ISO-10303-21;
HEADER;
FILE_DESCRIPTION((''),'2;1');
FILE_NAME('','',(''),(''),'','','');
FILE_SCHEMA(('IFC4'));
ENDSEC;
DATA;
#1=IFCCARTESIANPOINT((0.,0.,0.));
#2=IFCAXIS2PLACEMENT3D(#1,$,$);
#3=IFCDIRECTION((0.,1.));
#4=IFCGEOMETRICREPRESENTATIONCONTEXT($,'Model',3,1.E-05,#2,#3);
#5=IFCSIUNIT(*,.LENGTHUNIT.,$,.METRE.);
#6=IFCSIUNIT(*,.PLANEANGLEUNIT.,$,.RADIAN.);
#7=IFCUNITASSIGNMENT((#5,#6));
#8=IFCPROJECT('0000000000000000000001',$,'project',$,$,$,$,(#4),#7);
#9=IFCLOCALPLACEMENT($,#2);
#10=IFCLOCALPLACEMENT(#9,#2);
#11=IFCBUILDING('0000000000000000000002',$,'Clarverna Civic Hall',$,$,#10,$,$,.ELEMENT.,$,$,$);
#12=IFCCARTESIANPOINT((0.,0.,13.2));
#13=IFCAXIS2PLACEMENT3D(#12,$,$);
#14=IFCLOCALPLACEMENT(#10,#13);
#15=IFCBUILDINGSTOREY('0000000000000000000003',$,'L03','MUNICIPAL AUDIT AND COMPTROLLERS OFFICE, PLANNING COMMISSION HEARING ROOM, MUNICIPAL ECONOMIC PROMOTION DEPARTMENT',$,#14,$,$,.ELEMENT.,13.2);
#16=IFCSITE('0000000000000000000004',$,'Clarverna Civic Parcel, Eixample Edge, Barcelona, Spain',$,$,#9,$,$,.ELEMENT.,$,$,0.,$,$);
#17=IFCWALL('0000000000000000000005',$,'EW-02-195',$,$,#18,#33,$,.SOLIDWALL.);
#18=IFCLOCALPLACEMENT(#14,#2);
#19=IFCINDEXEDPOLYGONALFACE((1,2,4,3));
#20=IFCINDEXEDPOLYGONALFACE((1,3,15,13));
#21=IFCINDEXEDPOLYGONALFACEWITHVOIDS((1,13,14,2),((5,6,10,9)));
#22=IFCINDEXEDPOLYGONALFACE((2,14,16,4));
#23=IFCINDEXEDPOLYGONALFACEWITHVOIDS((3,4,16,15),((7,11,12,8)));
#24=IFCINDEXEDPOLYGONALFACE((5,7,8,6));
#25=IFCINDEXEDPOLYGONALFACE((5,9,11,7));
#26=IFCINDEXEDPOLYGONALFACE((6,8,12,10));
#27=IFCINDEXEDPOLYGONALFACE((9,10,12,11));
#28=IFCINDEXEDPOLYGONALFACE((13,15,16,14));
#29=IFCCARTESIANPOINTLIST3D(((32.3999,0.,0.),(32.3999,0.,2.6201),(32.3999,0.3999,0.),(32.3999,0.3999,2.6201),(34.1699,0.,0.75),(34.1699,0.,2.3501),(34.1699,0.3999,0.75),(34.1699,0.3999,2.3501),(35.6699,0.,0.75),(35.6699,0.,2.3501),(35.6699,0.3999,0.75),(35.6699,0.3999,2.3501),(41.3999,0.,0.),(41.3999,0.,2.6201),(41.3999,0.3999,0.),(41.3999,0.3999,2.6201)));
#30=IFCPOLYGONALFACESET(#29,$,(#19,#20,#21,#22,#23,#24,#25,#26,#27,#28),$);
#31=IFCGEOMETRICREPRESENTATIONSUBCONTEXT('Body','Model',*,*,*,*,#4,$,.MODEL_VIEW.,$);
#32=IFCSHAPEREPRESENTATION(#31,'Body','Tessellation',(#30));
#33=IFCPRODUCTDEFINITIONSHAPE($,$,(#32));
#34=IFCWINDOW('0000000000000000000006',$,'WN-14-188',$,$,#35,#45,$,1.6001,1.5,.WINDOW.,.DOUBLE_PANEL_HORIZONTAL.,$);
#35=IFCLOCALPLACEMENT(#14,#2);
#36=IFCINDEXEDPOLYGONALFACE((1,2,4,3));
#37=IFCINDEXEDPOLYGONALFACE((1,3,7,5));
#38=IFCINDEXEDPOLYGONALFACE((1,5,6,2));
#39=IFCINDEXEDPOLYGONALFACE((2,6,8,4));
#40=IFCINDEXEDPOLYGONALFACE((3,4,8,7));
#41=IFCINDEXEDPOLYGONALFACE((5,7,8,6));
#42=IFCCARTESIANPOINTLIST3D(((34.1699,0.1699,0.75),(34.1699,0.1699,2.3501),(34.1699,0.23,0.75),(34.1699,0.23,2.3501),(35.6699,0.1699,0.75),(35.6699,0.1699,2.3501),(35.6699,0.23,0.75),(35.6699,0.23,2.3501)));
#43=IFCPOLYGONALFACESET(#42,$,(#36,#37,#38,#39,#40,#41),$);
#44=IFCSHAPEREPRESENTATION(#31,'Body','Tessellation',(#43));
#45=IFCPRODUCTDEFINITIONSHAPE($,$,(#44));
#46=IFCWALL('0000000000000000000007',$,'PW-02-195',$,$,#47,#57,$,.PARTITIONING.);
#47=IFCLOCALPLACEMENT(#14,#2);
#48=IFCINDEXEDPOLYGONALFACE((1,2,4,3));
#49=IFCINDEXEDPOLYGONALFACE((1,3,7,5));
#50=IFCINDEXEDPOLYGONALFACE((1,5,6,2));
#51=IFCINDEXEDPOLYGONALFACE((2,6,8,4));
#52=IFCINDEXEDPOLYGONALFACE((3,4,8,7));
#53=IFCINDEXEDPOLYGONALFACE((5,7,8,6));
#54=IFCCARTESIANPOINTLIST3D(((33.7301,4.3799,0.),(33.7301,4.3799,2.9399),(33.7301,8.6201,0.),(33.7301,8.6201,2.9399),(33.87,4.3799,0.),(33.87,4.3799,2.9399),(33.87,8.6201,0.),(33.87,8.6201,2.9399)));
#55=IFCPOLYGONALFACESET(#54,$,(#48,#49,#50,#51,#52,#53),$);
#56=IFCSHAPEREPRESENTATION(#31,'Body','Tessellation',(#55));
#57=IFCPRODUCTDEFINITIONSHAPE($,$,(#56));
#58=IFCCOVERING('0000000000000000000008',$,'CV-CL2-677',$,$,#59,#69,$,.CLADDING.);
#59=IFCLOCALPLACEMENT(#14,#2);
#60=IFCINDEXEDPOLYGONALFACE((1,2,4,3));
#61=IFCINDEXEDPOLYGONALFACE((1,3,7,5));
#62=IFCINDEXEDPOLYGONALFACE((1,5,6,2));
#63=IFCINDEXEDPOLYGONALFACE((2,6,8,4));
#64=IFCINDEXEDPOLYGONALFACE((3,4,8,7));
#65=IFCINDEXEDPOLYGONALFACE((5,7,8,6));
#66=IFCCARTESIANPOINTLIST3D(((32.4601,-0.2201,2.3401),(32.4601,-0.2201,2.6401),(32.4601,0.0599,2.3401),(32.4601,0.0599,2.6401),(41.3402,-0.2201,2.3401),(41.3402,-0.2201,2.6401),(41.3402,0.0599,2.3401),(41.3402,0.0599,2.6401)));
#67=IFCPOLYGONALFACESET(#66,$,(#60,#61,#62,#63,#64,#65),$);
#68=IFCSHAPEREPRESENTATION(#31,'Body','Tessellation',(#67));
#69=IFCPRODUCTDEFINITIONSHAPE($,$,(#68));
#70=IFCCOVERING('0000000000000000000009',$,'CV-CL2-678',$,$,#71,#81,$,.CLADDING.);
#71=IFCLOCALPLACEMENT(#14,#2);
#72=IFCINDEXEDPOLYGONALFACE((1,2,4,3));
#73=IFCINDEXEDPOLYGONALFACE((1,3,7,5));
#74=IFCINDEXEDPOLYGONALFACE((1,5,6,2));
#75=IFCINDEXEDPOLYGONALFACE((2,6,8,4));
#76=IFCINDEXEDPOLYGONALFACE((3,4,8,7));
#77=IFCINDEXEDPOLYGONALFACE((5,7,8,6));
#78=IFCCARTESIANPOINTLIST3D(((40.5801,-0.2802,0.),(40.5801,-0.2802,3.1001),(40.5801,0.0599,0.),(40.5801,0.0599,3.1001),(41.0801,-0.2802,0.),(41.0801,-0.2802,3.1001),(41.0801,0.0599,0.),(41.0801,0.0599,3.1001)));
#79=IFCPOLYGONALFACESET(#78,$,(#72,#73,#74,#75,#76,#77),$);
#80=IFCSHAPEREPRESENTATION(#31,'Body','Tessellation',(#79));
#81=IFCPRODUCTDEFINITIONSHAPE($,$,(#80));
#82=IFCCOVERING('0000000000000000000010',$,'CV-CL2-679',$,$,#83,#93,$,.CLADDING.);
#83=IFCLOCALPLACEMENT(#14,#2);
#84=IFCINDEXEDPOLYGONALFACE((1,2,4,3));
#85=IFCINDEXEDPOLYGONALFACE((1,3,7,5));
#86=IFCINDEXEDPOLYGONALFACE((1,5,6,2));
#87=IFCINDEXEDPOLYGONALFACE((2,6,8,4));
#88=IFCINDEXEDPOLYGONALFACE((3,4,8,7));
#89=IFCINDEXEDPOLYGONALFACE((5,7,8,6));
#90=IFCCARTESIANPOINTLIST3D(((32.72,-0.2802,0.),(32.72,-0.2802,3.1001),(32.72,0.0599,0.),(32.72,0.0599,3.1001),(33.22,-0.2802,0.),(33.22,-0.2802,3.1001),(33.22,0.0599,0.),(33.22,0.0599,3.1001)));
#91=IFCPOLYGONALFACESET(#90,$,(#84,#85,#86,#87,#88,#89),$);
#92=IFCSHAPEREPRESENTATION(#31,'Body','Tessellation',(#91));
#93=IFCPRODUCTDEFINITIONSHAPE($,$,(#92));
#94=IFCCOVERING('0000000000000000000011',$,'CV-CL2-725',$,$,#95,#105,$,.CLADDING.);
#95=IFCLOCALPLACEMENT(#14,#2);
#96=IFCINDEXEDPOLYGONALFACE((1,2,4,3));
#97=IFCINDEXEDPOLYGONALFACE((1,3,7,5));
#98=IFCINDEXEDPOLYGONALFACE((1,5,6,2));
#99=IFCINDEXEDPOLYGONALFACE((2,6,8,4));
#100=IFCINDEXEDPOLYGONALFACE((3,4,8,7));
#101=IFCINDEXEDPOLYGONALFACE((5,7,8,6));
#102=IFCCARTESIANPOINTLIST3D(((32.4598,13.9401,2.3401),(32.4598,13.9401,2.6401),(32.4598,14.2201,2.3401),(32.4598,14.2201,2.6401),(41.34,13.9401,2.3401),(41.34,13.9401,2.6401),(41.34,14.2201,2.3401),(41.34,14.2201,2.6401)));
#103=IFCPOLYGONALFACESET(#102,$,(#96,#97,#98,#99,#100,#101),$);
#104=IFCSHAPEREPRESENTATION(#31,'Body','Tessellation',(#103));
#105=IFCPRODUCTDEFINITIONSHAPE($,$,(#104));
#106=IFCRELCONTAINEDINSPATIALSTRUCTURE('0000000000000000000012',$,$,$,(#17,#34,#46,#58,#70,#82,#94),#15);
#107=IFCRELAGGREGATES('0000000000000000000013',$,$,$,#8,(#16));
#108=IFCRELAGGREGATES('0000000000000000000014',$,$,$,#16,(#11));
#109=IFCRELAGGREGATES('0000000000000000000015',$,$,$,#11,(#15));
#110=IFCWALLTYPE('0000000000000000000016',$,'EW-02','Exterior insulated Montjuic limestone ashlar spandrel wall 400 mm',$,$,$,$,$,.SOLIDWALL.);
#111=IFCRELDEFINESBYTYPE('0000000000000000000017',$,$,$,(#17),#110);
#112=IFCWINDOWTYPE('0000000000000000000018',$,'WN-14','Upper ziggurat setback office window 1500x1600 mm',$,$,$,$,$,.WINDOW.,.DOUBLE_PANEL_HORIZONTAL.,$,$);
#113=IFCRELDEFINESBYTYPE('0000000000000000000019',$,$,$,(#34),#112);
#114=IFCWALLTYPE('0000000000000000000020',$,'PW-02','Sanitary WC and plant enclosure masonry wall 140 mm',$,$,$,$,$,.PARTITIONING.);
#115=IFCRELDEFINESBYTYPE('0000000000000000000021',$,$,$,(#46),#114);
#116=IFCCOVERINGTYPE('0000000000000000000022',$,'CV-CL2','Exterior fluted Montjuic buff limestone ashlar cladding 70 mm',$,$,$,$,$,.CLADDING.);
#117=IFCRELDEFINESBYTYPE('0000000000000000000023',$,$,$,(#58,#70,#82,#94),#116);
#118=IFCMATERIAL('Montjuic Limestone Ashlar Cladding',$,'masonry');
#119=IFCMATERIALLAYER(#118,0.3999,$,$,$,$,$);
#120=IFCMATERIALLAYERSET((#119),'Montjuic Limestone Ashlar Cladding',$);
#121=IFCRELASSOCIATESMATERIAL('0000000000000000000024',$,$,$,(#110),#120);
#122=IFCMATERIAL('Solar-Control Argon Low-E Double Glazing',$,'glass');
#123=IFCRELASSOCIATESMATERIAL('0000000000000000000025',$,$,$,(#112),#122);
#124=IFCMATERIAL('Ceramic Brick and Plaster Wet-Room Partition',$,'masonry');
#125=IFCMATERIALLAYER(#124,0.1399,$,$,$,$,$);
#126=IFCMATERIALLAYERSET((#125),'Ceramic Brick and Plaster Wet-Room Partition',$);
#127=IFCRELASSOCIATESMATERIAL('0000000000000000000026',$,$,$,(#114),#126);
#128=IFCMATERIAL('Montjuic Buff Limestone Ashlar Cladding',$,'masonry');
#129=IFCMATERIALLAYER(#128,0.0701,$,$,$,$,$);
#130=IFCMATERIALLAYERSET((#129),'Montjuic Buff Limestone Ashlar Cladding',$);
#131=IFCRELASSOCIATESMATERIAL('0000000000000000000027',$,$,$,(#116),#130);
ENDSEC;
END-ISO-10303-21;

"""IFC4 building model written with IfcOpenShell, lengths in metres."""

from ifc_helpers import new_model, si_unit, direction, frame, frame_2d, origin, place, context, subcontext, project, spatial, rectangle, extrude, material, layer, layer_set, type_object, element, fill, save


model = new_model("IFC4")

# Units and contexts
model_context = context("Model", 3, precision=1e-05, world=origin(), true_north=direction((0.0, 1.0)))
body_context = subcontext(model_context, "Body", "Model", "MODEL_VIEW")
ifc_project = project(units=[si_unit("LENGTHUNIT", "METRE"), si_unit("PLANEANGLEUNIT", "RADIAN")], contexts=[model_context])

# Site, building, storey
site_placement = place(None, origin())
site = spatial("IfcSite", under=ifc_project, at=site_placement, Name="Clarverna Civic Parcel, Eixample Edge, Barcelona, Spain", CompositionType="ELEMENT", RefElevation=0.0)
building_placement = place(site_placement, origin())
building = spatial("IfcBuilding", under=site, at=building_placement, Name="Clarverna Civic Hall", CompositionType="ELEMENT")
storey_placement = place(building_placement, frame((0.0, 0.0, 13.2)))
storey = spatial("IfcBuildingStorey", under=building, at=storey_placement, Name="L03", Description="MUNICIPAL AUDIT AND COMPTROLLERS OFFICE, PLANNING COMMISSION HEARING ROOM, MUNICIPAL ECONOMIC PROMOTION DEPARTMENT", CompositionType="ELEMENT", Elevation=13.2)

# Wall, opening, window
ifc_material_1 = material(Name="Montjuic Limestone Ashlar Cladding", Category="masonry")
ifc_layer_1 = layer(ifc_material_1, 0.3999)
ifc_layer_set_1 = layer_set([ifc_layer_1], Name="Montjuic Limestone Ashlar Cladding")
wall_type_1 = type_object("IfcWallType", Name="EW-02", Description="Exterior insulated Montjuic limestone ashlar spandrel wall 400 mm", PredefinedType="SOLIDWALL", material=ifc_layer_set_1)
wall_1_placement = place(storey_placement, frame((41.3999, 0.2, 0.0), z_axis=(0.0, 0.0, 1.0), x_axis=(-1.0, 0.0, 0.0)))
wall_1 = element("IfcWall", 1, at=wall_1_placement, inside=storey, type_object=wall_type_1, Name="EW-02-195", PredefinedType="SOLIDWALL", context=body_context, shape_type="SweptSolid", body=[
    extrude(rectangle(XDim=9.0, YDim=0.3999, at=frame_2d((4.5, 0.0))), origin(), (0.0, 0.0, 1.0), 2.6201),
])
opening_placement = place(wall_1_placement, frame((5.73, 0.0, 0.75)))
opening = element("IfcOpeningElement", 2, at=opening_placement, cuts=wall_1, PredefinedType="OPENING", context=body_context, shape_type="SweptSolid", body=[
    extrude(rectangle(XDim=1.5, YDim=1.6001, at=frame_2d((0.75, 0.8))), frame((0.0, 0.21, 0.0), z_axis=(0.0, -1.0, 0.0), x_axis=(1.0, 0.0, 0.0)), (0.0, 0.0, 1.0), 0.4199),
])
ifc_material_2 = material(Name="Solar-Control Argon Low-E Double Glazing", Category="glass")
window_type = type_object("IfcWindowType", Name="WN-14", Description="Upper ziggurat setback office window 1500x1600 mm", PartitioningType="DOUBLE_PANEL_HORIZONTAL", PredefinedType="WINDOW", material=ifc_material_2)
window_placement = place(opening_placement, origin())
window = element("IfcWindow", 3, at=window_placement, inside=storey, type_object=window_type, Name="WN-14-188", OverallHeight=1.6001, OverallWidth=1.5, PartitioningType="DOUBLE_PANEL_HORIZONTAL", PredefinedType="WINDOW", context=body_context, shape_type="SweptSolid", body=[
    extrude(rectangle(XDim=1.5, YDim=1.6001, at=frame_2d((0.75, 0.8))), frame((0.0, 0.03, 0.0), z_axis=(0.0, -1.0, 0.0), x_axis=(1.0, 0.0, 0.0)), (0.0, 0.0, 1.0), 0.0601),
])
fill(opening, window)

# Wall
ifc_material_3 = material(Name="Ceramic Brick and Plaster Wet-Room Partition", Category="masonry")
ifc_layer_2 = layer(ifc_material_3, 0.1399)
ifc_layer_set_2 = layer_set([ifc_layer_2], Name="Ceramic Brick and Plaster Wet-Room Partition")
wall_type_2 = type_object("IfcWallType", Name="PW-02", Description="Sanitary WC and plant enclosure masonry wall 140 mm", PredefinedType="PARTITIONING", material=ifc_layer_set_2)
wall_2_placement = place(storey_placement, frame((33.8, 4.3799, 0.0), z_axis=(0.0, 0.0, 1.0), x_axis=(0.0, 1.0, 0.0)))
element("IfcWall", 4, at=wall_2_placement, inside=storey, type_object=wall_type_2, Name="PW-02-195", PredefinedType="PARTITIONING", context=body_context, shape_type="SweptSolid", body=[
    extrude(rectangle(XDim=4.2402, YDim=0.1399, at=frame_2d((2.1201, 0.0))), origin(), (0.0, 0.0, 1.0), 2.9399),
])

# Coverings
ifc_material_4 = material(Name="Montjuic Buff Limestone Ashlar Cladding", Category="masonry")
ifc_layer_3 = layer(ifc_material_4, 0.0701)
ifc_layer_set_3 = layer_set([ifc_layer_3], Name="Montjuic Buff Limestone Ashlar Cladding")
covering_type = type_object("IfcCoveringType", Name="CV-CL2", Description="Exterior fluted Montjuic buff limestone ashlar cladding 70 mm", PredefinedType="CLADDING", material=ifc_layer_set_3)
covering_1_placement = place(storey_placement, frame((41.3401, -0.0801, 2.3401), z_axis=(0.0, 0.0, 1.0), x_axis=(-1.0, 0.0, 0.0)))
element("IfcCovering", 5, at=covering_1_placement, inside=storey, type_object=covering_type, Name="CV-CL2-677", PredefinedType="CLADDING", context=body_context, shape_type="SweptSolid", body=[
    extrude(rectangle(XDim=8.8801, YDim=0.28, at=frame_2d((4.4399, 0.0))), origin(), (0.0, 0.0, 1.0), 0.3),
])
for number, where, z_axis, x_axis, name in (
    (6, (41.0801, -0.1101, 0.0), (0.0, 0.0, 1.0), (-1.0, 0.0, 0.0), "CV-CL2-678"),
    (7, (33.22, -0.1101, 0.0), (0.0, 0.0, 1.0), (-1.0, 0.0, 0.0), "CV-CL2-679"),
):
    element("IfcCovering", number, at=place(storey_placement, frame(where, z_axis=z_axis, x_axis=x_axis)), inside=storey, type_object=covering_type, Name=name, PredefinedType="CLADDING", context=body_context, shape_type="SweptSolid", body=[
        extrude(rectangle(XDim=0.5, YDim=0.3401, at=frame_2d((0.25, 0.0))), origin(), (0.0, 0.0, 1.0), 3.1001),
    ])
covering_2_placement = place(storey_placement, frame((32.46, 14.0801, 2.3401), z_axis=(0.0, 0.0, 1.0), x_axis=(1.0, 0.0, 0.0)))
element("IfcCovering", 8, at=covering_2_placement, inside=storey, type_object=covering_type, Name="CV-CL2-725", PredefinedType="CLADDING", context=body_context, shape_type="SweptSolid", body=[
    extrude(rectangle(XDim=8.8801, YDim=0.28, at=frame_2d((4.4399, 0.0))), origin(), (0.0, 0.0, 1.0), 0.3),
])

save(model, "model.ifc")
